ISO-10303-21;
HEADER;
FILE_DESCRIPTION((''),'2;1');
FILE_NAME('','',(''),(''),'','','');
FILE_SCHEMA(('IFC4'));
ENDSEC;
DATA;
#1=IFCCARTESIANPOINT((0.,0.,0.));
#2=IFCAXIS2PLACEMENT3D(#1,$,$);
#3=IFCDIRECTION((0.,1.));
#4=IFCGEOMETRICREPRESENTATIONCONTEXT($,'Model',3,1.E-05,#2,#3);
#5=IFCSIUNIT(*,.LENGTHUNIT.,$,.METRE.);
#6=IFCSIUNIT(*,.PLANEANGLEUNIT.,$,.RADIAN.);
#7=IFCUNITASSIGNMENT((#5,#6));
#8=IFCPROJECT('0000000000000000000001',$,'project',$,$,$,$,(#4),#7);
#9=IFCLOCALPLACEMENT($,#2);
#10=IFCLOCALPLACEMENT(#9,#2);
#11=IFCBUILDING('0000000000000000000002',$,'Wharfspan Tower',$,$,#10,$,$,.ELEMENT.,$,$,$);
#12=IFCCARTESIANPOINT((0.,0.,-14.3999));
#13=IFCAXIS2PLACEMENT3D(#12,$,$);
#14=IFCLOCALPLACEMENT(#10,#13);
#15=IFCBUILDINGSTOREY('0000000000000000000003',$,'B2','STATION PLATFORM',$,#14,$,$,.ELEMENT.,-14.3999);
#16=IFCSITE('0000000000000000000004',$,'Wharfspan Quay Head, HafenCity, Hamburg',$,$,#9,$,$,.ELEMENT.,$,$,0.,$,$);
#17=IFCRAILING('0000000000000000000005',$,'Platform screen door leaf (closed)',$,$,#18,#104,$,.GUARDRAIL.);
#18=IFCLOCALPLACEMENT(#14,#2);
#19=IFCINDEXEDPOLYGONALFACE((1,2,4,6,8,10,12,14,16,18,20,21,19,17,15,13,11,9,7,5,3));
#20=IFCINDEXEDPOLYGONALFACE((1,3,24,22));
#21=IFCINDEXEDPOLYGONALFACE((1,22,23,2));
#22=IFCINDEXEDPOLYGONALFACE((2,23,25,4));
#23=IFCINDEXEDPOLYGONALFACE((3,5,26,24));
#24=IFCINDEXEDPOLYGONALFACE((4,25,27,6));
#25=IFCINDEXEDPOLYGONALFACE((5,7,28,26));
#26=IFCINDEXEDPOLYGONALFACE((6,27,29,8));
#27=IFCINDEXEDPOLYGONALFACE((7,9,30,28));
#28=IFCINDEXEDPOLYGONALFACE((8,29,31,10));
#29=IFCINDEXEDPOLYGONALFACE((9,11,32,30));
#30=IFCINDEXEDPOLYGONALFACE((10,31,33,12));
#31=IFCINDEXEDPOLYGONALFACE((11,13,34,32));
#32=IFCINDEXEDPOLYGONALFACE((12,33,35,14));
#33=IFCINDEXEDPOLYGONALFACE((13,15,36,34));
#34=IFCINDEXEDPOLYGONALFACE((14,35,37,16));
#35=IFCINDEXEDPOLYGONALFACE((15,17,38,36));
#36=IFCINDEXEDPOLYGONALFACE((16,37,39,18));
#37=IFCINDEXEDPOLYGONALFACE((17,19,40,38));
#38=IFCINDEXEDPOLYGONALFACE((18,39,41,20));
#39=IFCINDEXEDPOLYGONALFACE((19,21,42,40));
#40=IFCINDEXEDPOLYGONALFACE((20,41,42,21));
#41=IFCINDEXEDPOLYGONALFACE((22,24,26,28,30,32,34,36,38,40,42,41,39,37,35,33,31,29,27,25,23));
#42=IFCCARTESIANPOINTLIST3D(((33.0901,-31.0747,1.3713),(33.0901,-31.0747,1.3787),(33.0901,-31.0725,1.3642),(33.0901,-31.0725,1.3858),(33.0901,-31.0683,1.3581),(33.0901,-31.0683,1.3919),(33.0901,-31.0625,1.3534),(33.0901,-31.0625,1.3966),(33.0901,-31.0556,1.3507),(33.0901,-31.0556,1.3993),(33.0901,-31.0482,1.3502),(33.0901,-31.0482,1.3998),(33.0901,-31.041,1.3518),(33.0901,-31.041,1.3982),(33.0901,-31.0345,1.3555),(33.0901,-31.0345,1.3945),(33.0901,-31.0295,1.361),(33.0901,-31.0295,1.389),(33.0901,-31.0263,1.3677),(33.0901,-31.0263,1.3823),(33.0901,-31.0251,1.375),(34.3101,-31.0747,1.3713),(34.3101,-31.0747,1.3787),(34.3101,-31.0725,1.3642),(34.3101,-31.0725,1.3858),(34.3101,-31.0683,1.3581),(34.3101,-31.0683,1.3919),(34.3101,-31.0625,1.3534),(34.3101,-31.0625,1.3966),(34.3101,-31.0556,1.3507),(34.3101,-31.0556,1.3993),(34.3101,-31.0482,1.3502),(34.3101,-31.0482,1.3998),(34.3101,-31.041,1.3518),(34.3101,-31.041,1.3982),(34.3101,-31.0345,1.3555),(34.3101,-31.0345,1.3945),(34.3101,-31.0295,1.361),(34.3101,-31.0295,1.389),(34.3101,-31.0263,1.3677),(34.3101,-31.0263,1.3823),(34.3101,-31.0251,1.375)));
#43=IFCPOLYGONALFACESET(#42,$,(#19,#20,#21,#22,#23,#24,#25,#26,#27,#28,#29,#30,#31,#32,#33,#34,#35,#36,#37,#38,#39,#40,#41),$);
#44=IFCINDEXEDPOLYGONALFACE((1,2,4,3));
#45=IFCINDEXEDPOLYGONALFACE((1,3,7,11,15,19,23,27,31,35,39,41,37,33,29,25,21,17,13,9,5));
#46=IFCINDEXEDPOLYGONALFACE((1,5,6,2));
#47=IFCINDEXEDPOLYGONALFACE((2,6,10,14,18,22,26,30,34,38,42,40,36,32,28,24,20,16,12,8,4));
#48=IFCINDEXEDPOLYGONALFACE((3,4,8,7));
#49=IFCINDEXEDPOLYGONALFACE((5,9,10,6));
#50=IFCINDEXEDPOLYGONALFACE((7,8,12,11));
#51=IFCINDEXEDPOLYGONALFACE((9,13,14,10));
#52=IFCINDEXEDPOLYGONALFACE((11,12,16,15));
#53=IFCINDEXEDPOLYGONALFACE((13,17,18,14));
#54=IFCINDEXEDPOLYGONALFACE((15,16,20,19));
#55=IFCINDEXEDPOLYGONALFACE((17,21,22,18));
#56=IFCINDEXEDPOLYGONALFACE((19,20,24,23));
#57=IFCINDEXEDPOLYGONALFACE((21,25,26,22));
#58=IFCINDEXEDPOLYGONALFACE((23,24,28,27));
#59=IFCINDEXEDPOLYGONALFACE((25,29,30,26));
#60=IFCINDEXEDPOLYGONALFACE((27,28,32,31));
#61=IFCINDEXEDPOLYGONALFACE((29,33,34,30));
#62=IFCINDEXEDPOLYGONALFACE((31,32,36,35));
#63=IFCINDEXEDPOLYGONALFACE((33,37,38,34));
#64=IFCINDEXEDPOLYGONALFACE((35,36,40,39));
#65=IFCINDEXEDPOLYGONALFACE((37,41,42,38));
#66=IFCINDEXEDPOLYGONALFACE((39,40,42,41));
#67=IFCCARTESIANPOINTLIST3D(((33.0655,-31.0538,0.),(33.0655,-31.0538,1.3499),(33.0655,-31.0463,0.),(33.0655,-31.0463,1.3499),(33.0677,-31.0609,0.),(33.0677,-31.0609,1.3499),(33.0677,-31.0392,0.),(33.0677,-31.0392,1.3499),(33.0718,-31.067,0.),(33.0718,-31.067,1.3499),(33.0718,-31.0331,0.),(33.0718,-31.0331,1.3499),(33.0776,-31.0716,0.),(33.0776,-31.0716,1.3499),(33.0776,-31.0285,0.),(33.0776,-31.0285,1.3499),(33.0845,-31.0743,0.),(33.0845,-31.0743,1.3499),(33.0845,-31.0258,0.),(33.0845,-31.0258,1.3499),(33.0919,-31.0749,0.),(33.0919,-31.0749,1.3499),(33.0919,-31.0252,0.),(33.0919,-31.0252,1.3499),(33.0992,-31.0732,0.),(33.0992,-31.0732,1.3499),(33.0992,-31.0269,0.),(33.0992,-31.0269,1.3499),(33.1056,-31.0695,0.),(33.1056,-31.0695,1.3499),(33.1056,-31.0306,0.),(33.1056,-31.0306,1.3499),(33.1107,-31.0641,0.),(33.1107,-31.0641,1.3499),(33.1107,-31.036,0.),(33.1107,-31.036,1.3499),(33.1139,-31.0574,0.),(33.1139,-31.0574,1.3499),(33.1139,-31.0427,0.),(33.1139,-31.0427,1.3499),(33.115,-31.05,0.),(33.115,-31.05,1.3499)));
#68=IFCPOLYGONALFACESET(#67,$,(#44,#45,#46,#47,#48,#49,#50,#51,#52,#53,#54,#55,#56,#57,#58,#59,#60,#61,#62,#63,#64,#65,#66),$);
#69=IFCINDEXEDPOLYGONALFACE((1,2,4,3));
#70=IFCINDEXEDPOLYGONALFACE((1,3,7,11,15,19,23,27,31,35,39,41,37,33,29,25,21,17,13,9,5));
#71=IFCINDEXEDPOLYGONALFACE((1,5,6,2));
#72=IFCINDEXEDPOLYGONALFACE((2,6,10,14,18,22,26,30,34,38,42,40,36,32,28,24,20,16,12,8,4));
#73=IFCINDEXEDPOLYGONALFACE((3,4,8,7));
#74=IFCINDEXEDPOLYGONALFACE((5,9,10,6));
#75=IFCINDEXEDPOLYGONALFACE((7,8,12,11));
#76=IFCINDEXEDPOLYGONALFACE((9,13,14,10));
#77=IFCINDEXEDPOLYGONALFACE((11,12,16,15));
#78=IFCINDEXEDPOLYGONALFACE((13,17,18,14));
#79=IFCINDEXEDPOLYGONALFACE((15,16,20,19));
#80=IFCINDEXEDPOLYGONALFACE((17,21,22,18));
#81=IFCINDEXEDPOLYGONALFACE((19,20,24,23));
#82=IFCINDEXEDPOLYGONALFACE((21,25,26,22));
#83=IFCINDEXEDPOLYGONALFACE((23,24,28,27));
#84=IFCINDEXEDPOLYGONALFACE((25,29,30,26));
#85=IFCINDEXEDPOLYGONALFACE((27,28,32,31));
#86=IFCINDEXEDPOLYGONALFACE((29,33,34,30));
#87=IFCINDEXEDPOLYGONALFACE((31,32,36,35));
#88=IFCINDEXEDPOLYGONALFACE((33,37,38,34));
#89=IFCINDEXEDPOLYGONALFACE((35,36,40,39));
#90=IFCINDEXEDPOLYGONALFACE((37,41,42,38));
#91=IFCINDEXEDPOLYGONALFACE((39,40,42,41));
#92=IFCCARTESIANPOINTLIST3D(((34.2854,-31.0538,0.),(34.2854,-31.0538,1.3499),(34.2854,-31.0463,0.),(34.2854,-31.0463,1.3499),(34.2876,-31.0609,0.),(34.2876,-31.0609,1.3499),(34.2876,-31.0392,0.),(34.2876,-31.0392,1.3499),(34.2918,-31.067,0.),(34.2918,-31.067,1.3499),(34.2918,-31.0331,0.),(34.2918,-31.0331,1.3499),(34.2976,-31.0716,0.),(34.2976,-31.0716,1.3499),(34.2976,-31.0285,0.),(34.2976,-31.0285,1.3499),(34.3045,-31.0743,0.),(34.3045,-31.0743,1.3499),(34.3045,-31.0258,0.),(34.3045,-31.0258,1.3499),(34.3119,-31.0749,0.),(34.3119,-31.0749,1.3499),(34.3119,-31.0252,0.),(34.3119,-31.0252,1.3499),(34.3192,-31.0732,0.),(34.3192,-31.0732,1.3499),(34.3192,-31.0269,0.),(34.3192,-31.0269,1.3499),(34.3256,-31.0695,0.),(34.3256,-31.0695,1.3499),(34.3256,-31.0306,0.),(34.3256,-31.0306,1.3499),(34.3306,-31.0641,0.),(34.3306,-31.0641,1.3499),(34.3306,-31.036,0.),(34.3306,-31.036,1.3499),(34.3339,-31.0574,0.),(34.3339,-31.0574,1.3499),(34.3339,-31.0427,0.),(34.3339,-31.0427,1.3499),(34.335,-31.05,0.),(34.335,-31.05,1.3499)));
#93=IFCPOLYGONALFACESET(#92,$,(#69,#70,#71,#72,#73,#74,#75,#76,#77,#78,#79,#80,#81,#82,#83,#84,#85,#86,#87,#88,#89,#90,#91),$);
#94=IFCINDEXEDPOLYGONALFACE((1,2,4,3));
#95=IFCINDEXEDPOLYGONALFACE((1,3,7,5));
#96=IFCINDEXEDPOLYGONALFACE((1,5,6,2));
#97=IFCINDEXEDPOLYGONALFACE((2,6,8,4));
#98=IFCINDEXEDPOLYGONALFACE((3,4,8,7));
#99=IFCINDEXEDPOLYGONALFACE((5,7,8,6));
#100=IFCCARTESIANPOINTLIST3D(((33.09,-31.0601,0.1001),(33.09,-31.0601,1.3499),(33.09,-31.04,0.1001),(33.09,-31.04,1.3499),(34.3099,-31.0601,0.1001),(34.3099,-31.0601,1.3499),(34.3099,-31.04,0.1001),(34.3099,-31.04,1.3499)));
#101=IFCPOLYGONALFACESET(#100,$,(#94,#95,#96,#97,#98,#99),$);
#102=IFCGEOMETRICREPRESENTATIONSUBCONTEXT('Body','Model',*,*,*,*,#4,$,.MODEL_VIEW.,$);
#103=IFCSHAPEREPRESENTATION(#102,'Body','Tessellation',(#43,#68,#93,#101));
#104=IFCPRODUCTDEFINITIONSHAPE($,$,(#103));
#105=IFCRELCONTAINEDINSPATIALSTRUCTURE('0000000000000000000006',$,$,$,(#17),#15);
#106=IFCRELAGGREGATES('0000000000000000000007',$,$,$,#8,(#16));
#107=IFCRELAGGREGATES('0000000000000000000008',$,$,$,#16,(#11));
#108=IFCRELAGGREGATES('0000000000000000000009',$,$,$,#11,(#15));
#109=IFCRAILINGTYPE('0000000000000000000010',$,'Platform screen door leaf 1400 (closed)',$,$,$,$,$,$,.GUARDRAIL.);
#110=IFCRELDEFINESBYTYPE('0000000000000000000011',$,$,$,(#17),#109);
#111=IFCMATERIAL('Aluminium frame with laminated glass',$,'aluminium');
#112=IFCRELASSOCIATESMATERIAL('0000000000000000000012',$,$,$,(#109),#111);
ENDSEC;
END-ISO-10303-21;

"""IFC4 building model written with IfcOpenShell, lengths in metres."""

from ifc_helpers import new_model, si_unit, direction, frame, origin, origin_2d, place, context, subcontext, project, spatial, rectangle, circle, extrude, material, type_object, element, save


model = new_model("IFC4")

# Units and contexts
model_context = context("Model", 3, precision=1e-05, world=origin(), true_north=direction((0.0, 1.0)))
body_context = subcontext(model_context, "Body", "Model", "MODEL_VIEW")
ifc_project = project(units=[si_unit("LENGTHUNIT", "METRE"), si_unit("PLANEANGLEUNIT", "RADIAN")], contexts=[model_context])

# Site, building, storey
site_placement = place(None, origin())
site = spatial("IfcSite", under=ifc_project, at=site_placement, Name="Wharfspan Quay Head, HafenCity, Hamburg", CompositionType="ELEMENT", RefElevation=0.0)
building_placement = place(site_placement, origin())
building = spatial("IfcBuilding", under=site, at=building_placement, Name="Wharfspan Tower", CompositionType="ELEMENT")
storey_placement = place(building_placement, frame((0.0, 0.0, -14.3999)))
storey = spatial("IfcBuildingStorey", under=building, at=storey_placement, Name="B2", Description="STATION PLATFORM", CompositionType="ELEMENT", Elevation=-14.3999)

# Railing
ifc_material_1 = material(Name="Aluminium frame with laminated glass", Category="aluminium")
railing_type_1 = type_object("IfcRailingType", Name="Platform screen door leaf 1400 (closed)", PredefinedType="GUARDRAIL", material=ifc_material_1)
for number, where, name in (
    (1, (33.0901, -31.05, 0.0), "Platform screen door leaf (closed)"),
):
    element("IfcRailing", number, at=place(storey_placement, frame(where)), inside=storey, type_object=railing_type_1, Name=name, PredefinedType="GUARDRAIL", context=body_context, shape_type="SweptSolid", body=[
        extrude(circle(Radius=0.0249, at=origin_2d()), frame((0.0, 0.0, 1.375), z_axis=(1.0, 0.0, 0.0), x_axis=(0.0, 1.0, 0.0)), (0.0, 0.0, 1.0), 1.22),
        extrude(circle(Radius=0.0249, at=origin_2d()), origin(), (0.0, 0.0, 1.0), 1.3499),
        extrude(circle(Radius=0.0249, at=origin_2d()), frame((1.22, 0.0, 0.0)), (0.0, 0.0, 1.0), 1.3499),
        extrude(rectangle(XDim=1.22, YDim=0.02, at=origin_2d()), frame((0.6099, 0.0, 0.1001), z_axis=(0.0, 0.0, 1.0), x_axis=(1.0, 0.0, 0.0)), (0.0, 0.0, 1.0), 1.2498),
    ])

save(model, "model.ifc")
